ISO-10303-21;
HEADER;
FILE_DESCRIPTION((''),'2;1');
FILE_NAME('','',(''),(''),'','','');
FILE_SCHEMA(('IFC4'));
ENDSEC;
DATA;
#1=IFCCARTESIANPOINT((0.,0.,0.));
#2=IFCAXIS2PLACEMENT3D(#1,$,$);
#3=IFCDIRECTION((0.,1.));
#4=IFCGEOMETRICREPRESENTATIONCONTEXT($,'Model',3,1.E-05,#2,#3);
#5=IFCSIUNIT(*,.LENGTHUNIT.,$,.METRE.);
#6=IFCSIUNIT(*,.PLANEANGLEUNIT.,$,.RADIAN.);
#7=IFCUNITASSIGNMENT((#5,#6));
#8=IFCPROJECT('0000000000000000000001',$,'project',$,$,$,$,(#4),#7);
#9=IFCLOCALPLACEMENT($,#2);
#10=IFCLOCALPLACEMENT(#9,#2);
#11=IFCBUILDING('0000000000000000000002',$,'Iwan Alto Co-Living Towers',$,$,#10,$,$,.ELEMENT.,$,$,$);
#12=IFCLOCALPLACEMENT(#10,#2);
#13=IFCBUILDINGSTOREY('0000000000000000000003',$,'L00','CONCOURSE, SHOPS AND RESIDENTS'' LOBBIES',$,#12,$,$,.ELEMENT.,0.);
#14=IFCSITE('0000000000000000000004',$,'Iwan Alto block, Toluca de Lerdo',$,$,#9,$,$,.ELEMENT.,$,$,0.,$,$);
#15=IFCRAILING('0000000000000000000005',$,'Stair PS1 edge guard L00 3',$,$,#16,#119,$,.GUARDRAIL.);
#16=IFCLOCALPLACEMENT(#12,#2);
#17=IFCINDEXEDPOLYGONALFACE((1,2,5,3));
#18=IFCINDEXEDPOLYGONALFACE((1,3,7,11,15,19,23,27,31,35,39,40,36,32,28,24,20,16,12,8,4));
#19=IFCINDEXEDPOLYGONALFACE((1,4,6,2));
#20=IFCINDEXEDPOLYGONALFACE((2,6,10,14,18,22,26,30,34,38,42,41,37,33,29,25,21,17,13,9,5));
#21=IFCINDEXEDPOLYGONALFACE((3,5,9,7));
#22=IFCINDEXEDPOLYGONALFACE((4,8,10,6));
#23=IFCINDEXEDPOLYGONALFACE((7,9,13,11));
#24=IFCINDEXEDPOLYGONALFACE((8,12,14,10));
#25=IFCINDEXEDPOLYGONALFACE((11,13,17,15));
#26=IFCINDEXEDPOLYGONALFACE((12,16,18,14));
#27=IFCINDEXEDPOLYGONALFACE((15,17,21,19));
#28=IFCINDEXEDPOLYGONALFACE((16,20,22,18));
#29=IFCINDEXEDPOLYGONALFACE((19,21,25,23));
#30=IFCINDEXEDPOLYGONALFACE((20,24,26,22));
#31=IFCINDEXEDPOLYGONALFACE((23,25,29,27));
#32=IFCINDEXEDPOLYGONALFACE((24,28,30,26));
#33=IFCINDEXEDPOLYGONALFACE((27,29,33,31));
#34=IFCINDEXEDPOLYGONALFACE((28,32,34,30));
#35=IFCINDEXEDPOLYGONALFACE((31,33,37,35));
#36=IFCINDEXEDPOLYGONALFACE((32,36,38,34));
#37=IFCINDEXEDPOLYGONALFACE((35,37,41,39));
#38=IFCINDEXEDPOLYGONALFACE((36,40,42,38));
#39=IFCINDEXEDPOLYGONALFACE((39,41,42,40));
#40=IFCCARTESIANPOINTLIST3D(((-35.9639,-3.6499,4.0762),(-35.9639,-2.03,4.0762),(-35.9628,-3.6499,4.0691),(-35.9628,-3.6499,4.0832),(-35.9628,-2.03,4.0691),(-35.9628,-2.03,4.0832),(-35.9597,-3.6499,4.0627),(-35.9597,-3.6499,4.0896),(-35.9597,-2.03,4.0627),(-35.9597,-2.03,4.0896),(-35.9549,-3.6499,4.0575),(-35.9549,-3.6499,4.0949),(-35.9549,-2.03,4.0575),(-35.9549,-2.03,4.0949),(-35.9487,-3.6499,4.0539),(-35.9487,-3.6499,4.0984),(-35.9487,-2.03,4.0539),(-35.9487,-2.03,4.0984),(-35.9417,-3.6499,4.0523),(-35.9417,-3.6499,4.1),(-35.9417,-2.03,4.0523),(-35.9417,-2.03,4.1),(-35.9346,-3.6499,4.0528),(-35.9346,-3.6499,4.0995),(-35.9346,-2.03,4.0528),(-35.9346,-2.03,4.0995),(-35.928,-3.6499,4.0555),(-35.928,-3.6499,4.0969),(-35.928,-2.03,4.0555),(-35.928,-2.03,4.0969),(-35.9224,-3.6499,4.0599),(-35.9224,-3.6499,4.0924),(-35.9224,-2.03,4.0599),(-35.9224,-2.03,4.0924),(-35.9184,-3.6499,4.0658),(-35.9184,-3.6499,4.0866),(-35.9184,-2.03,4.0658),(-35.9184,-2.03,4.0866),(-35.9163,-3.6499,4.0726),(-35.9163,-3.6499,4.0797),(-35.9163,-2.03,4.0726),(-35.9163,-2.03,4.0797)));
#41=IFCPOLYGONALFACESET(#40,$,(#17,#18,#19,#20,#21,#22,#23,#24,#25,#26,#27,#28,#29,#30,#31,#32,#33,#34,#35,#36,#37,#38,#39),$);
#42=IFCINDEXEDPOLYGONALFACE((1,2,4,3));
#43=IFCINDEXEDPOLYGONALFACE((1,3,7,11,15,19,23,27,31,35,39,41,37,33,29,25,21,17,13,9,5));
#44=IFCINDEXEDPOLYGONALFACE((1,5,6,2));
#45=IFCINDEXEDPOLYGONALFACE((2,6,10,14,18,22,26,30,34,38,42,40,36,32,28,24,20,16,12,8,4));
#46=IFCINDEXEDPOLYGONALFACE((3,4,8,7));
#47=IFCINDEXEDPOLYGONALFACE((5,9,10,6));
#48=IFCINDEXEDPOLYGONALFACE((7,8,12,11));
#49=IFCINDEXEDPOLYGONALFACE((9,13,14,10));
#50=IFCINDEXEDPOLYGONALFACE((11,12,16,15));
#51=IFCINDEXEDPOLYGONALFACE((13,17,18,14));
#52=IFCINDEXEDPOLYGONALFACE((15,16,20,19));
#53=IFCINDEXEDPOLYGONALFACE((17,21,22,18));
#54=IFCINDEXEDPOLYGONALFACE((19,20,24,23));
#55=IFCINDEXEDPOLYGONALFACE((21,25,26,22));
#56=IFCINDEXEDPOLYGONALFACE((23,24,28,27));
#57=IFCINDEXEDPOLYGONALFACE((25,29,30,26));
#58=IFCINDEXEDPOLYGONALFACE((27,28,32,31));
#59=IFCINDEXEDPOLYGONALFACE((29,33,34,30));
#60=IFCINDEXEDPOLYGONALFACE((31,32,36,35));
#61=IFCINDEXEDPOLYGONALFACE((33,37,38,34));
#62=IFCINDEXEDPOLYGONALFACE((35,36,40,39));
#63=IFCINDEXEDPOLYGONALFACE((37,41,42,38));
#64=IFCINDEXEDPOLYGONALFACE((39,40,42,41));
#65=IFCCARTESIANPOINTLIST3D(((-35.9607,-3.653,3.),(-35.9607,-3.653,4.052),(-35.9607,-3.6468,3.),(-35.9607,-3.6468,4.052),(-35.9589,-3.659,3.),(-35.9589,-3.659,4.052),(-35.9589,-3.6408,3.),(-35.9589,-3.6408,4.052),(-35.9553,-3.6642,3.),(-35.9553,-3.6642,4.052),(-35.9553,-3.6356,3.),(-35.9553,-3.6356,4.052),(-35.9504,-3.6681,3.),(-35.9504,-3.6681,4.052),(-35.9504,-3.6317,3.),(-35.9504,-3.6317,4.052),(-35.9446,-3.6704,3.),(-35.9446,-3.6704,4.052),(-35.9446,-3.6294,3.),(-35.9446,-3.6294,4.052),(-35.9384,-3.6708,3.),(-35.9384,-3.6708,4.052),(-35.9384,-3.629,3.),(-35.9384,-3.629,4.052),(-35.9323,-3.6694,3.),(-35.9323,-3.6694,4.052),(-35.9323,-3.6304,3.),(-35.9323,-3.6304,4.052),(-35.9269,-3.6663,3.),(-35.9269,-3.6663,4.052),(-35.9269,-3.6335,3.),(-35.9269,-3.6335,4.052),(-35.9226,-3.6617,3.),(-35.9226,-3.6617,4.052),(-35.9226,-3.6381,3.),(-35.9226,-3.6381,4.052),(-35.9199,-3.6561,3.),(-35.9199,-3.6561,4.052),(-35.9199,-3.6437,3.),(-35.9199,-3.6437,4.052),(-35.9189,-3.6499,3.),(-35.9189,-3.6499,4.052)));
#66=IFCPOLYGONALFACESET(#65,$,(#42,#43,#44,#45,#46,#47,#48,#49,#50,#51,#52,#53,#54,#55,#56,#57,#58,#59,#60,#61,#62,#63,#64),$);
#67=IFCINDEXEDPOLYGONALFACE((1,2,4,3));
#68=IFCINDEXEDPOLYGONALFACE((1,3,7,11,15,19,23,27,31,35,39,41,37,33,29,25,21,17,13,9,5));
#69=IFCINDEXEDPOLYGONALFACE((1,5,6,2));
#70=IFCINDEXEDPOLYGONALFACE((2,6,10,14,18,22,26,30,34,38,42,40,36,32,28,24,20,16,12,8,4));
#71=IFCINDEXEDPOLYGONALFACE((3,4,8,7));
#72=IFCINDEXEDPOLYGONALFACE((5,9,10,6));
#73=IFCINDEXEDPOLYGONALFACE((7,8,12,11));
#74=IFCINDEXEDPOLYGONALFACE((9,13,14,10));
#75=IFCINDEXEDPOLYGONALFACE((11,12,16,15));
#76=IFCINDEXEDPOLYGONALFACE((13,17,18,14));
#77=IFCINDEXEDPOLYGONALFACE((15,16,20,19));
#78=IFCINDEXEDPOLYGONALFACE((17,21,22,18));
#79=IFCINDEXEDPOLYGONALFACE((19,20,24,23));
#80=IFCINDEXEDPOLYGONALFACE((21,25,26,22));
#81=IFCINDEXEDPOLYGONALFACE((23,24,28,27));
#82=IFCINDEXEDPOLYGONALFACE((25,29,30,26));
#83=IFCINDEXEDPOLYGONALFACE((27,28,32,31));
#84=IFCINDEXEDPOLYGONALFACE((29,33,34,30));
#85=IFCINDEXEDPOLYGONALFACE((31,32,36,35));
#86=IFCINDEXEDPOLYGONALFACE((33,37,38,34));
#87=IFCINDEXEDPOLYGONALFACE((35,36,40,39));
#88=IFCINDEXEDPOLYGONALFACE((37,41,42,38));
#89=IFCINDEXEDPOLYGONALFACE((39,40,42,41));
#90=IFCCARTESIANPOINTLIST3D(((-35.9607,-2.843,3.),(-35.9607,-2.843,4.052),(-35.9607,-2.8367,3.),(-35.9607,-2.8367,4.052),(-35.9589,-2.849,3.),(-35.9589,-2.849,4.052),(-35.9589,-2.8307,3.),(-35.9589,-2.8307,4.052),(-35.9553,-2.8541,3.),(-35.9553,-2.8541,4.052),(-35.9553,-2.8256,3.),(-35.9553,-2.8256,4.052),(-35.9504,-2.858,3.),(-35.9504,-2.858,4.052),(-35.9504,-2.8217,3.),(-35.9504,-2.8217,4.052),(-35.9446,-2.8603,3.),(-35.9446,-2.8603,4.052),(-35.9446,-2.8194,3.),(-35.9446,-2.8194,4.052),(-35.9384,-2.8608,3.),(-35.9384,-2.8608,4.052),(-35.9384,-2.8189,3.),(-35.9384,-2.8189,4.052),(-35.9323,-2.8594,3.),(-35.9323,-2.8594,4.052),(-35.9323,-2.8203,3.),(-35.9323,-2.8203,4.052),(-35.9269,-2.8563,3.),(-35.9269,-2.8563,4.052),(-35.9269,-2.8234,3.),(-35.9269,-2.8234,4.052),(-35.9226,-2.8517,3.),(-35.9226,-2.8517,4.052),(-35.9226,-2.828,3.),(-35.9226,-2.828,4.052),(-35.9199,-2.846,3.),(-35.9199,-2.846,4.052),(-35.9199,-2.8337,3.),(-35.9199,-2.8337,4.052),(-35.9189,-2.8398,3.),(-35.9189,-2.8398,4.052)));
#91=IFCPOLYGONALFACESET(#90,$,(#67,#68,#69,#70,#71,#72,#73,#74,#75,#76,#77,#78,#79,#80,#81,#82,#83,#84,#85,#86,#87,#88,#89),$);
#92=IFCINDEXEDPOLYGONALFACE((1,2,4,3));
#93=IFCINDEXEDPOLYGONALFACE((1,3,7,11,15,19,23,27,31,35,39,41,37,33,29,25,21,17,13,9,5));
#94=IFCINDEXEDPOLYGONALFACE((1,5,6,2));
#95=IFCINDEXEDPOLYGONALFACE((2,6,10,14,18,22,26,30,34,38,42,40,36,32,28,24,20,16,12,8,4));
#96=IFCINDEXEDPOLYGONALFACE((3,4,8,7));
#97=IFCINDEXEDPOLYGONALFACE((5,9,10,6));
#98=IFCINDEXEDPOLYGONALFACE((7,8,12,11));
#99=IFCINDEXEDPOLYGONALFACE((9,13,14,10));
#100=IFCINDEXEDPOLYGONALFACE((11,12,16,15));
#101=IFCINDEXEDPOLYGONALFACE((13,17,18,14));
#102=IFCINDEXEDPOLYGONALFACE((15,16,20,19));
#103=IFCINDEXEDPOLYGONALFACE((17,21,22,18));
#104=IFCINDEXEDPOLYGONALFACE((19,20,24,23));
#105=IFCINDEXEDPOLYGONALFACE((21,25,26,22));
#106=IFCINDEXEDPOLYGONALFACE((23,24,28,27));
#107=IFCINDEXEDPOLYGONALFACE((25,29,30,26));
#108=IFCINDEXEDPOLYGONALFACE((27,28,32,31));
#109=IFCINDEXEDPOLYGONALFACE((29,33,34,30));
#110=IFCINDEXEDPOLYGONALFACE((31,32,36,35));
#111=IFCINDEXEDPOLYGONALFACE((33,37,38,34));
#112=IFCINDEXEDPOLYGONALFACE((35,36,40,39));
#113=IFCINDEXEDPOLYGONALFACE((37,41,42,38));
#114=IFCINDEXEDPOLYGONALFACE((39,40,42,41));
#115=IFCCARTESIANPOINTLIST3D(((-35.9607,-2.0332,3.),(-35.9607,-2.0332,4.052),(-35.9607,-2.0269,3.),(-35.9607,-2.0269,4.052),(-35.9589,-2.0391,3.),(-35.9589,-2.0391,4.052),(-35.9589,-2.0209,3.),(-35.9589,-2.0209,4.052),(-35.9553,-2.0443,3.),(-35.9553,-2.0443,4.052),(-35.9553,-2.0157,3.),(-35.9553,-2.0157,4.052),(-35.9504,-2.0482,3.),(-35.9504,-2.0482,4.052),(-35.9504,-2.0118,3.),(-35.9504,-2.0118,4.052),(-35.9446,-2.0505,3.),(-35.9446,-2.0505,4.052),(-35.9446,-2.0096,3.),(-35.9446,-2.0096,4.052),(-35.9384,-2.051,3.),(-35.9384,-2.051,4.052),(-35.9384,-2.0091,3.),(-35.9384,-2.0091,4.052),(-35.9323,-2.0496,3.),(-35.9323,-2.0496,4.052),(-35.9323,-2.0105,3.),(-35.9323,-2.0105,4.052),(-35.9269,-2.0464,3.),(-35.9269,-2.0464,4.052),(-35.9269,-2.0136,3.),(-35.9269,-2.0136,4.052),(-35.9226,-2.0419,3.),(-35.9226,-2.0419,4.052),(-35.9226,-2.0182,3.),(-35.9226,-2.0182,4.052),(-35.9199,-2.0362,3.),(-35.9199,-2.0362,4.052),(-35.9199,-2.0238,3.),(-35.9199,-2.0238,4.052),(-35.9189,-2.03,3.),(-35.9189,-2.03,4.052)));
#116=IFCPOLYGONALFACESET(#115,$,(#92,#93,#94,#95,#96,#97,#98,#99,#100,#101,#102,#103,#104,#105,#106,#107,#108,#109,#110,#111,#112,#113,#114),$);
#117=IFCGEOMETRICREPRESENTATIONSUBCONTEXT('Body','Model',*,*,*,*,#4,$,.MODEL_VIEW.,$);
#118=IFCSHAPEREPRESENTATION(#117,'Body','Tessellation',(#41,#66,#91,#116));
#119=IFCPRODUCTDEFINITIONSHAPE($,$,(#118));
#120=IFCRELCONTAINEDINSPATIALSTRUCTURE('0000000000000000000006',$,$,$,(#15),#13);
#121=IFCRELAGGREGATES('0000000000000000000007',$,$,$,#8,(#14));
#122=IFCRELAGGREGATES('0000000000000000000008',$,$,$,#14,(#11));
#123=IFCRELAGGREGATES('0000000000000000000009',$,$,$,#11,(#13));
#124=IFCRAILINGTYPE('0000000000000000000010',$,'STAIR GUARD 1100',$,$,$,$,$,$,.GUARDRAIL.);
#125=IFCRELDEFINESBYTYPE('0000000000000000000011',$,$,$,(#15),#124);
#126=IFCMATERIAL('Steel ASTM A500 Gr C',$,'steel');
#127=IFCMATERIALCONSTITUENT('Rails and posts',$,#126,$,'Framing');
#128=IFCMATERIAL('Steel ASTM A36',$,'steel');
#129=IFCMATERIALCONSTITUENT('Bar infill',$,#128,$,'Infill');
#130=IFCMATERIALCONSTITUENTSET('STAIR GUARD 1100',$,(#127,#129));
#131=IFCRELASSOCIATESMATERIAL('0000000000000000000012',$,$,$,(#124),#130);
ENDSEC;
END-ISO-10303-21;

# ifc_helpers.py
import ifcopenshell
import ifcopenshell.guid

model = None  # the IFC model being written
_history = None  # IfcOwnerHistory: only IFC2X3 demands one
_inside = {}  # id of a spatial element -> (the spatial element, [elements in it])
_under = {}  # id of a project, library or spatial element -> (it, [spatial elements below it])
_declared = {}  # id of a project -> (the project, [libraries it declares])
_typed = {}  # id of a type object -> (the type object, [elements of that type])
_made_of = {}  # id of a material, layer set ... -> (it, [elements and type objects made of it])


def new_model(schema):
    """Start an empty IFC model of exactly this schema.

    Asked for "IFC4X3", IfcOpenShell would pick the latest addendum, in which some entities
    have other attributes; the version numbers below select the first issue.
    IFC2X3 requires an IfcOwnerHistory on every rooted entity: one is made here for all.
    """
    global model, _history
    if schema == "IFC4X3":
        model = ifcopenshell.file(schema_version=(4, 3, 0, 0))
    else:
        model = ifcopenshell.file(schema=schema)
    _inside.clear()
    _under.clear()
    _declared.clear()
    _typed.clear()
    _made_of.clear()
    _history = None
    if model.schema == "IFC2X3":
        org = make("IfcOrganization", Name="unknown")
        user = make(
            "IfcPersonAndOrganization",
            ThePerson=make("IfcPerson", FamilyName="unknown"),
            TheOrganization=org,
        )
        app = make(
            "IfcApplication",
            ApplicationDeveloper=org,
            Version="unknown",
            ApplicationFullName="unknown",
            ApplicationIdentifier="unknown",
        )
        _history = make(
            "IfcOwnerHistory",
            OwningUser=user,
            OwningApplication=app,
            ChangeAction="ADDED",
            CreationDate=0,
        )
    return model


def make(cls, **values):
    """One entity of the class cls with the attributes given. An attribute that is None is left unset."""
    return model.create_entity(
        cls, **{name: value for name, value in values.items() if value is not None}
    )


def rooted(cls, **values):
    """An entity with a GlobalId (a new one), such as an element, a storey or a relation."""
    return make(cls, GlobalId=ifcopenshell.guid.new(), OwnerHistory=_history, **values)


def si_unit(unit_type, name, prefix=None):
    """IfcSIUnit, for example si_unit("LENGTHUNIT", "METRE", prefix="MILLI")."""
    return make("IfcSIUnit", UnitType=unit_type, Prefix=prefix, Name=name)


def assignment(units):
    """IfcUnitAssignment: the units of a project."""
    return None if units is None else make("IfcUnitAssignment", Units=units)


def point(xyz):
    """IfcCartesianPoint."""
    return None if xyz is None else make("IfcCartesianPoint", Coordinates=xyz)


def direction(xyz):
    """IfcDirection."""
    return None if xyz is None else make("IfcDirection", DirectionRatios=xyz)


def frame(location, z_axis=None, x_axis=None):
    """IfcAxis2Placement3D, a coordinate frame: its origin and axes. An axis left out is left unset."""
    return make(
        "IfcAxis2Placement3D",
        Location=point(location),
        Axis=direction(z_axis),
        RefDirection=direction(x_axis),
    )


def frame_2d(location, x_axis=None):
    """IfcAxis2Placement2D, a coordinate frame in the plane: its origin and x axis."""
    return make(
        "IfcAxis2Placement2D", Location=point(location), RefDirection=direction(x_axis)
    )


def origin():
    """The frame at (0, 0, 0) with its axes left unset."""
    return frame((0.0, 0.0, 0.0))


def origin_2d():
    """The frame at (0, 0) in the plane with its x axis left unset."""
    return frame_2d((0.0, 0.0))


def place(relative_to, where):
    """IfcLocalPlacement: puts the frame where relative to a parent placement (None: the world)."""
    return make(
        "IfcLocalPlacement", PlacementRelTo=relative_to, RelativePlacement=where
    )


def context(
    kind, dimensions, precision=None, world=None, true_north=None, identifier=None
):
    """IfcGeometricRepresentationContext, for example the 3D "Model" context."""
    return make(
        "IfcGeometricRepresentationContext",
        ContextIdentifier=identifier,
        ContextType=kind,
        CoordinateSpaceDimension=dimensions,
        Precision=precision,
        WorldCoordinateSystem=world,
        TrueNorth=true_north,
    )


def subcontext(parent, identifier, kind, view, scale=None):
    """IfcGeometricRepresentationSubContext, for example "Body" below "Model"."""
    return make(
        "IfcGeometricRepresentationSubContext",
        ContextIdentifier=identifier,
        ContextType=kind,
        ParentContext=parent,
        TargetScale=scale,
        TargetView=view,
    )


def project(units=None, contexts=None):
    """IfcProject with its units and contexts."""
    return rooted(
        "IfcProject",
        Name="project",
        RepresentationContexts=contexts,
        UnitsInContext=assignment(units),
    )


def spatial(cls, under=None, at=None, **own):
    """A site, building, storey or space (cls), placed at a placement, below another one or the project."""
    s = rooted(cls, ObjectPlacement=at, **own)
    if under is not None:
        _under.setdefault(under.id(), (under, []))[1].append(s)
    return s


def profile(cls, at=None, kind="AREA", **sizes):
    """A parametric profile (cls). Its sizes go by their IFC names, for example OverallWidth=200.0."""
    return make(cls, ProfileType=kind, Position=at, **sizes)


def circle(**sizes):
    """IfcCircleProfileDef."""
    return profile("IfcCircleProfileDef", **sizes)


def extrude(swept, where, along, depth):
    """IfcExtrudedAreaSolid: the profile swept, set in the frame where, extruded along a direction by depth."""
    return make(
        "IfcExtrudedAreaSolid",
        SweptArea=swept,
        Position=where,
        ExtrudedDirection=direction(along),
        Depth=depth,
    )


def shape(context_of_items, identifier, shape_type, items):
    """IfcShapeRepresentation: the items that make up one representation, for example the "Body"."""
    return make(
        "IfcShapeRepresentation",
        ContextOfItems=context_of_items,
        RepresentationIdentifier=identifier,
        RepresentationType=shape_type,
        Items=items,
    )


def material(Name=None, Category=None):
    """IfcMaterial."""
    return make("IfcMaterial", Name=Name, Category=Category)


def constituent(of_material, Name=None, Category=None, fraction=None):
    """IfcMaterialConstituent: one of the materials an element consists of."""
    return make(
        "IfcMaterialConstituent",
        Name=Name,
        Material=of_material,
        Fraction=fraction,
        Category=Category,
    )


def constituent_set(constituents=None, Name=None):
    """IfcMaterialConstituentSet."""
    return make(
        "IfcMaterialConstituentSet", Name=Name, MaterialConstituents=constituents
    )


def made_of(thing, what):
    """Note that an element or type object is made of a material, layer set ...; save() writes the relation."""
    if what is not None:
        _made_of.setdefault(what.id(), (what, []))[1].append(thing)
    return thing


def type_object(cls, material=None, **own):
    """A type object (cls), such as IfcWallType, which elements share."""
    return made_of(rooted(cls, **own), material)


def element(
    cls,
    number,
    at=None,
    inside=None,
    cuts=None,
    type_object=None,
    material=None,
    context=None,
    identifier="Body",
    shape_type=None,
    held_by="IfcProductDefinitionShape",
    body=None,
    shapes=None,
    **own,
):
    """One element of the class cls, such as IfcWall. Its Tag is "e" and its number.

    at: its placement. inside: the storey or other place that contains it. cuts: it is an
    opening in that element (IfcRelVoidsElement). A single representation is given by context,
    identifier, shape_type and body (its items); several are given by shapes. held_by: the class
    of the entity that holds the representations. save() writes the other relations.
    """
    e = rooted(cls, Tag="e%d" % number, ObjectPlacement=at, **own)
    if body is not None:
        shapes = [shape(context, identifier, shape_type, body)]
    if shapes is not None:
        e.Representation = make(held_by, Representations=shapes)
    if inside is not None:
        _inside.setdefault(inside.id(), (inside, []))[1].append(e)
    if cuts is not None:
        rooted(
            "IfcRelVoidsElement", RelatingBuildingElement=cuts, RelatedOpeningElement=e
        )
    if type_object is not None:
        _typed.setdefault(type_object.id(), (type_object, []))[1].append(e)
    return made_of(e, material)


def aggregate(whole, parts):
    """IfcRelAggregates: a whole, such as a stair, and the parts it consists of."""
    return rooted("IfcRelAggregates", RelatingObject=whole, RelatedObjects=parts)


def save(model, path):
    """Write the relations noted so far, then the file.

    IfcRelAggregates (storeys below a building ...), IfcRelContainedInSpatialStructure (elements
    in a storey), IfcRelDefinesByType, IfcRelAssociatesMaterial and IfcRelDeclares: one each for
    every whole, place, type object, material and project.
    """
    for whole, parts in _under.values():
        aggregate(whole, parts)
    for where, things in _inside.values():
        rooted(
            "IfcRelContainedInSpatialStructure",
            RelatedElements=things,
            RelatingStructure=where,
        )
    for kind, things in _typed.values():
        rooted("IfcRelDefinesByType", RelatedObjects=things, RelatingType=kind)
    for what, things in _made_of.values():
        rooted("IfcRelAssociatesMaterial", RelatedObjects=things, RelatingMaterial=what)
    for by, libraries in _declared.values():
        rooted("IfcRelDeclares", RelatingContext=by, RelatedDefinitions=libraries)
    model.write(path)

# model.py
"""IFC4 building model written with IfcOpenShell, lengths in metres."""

from ifc_helpers import new_model, si_unit, direction, frame, origin, origin_2d, place, context, subcontext, project, spatial, circle, extrude, material, constituent, constituent_set, type_object, element, save


model = new_model("IFC4")

# Units and contexts
model_context = context("Model", 3, precision=1e-05, world=origin(), true_north=direction((0.0, 1.0)))
body_context = subcontext(model_context, "Body", "Model", "MODEL_VIEW")
ifc_project = project(units=[si_unit("LENGTHUNIT", "METRE"), si_unit("PLANEANGLEUNIT", "RADIAN")], contexts=[model_context])

# Site, building, storey
site_placement = place(None, origin())
site = spatial("IfcSite", under=ifc_project, at=site_placement, Name="Iwan Alto block, Toluca de Lerdo", CompositionType="ELEMENT", RefElevation=0.0)
building_placement = place(site_placement, origin())
building = spatial("IfcBuilding", under=site, at=building_placement, Name="Iwan Alto Co-Living Towers", CompositionType="ELEMENT")
storey_placement = place(building_placement, origin())
storey = spatial("IfcBuildingStorey", under=building, at=storey_placement, Name="L00", Description="CONCOURSE, SHOPS AND RESIDENTS' LOBBIES", CompositionType="ELEMENT", Elevation=0.0)

# Shared definitions
ifc_material_1 = material(Name="Steel ASTM A36", Category="steel")

# Railing
ifc_material_2 = material(Name="Steel ASTM A500 Gr C", Category="steel")
ifc_constituent_1 = constituent(ifc_material_2, Name="Rails and posts", Category="Framing")
ifc_constituent_2 = constituent(ifc_material_1, Name="Bar infill", Category="Infill")
ifc_constituent_set_1 = constituent_set(constituents=[ifc_constituent_1, ifc_constituent_2], Name="STAIR GUARD 1100")
railing_type_1 = type_object("IfcRailingType", Name="STAIR GUARD 1100", PredefinedType="GUARDRAIL", material=ifc_constituent_set_1)
for number, where, name in (
    (1, (-35.9399, -3.6499, 3.0), "Stair PS1 edge guard L00 3"),
):
    element("IfcRailing", number, at=place(storey_placement, frame(where)), inside=storey, type_object=railing_type_1, Name=name, PredefinedType="GUARDRAIL", context=body_context, shape_type="SweptSolid", body=[
        extrude(circle(Radius=0.0239, at=origin_2d()), frame((0.0, 0.0, 1.0762), z_axis=(0.0, 1.0, 0.0), x_axis=(-1.0, 0.0, 0.0)), (0.0, 0.0, 1.0), 1.6199),
        extrude(circle(Radius=0.021, at=origin_2d()), origin(), (0.0, 0.0, 1.0), 1.052),
        extrude(circle(Radius=0.021, at=origin_2d()), frame((0.0, 0.8101, 0.0)), (0.0, 0.0, 1.0), 1.052),
        extrude(circle(Radius=0.021, at=origin_2d()), frame((0.0, 1.6199, 0.0)), (0.0, 0.0, 1.0), 1.052),
    ])

save(model, "model.ifc")
